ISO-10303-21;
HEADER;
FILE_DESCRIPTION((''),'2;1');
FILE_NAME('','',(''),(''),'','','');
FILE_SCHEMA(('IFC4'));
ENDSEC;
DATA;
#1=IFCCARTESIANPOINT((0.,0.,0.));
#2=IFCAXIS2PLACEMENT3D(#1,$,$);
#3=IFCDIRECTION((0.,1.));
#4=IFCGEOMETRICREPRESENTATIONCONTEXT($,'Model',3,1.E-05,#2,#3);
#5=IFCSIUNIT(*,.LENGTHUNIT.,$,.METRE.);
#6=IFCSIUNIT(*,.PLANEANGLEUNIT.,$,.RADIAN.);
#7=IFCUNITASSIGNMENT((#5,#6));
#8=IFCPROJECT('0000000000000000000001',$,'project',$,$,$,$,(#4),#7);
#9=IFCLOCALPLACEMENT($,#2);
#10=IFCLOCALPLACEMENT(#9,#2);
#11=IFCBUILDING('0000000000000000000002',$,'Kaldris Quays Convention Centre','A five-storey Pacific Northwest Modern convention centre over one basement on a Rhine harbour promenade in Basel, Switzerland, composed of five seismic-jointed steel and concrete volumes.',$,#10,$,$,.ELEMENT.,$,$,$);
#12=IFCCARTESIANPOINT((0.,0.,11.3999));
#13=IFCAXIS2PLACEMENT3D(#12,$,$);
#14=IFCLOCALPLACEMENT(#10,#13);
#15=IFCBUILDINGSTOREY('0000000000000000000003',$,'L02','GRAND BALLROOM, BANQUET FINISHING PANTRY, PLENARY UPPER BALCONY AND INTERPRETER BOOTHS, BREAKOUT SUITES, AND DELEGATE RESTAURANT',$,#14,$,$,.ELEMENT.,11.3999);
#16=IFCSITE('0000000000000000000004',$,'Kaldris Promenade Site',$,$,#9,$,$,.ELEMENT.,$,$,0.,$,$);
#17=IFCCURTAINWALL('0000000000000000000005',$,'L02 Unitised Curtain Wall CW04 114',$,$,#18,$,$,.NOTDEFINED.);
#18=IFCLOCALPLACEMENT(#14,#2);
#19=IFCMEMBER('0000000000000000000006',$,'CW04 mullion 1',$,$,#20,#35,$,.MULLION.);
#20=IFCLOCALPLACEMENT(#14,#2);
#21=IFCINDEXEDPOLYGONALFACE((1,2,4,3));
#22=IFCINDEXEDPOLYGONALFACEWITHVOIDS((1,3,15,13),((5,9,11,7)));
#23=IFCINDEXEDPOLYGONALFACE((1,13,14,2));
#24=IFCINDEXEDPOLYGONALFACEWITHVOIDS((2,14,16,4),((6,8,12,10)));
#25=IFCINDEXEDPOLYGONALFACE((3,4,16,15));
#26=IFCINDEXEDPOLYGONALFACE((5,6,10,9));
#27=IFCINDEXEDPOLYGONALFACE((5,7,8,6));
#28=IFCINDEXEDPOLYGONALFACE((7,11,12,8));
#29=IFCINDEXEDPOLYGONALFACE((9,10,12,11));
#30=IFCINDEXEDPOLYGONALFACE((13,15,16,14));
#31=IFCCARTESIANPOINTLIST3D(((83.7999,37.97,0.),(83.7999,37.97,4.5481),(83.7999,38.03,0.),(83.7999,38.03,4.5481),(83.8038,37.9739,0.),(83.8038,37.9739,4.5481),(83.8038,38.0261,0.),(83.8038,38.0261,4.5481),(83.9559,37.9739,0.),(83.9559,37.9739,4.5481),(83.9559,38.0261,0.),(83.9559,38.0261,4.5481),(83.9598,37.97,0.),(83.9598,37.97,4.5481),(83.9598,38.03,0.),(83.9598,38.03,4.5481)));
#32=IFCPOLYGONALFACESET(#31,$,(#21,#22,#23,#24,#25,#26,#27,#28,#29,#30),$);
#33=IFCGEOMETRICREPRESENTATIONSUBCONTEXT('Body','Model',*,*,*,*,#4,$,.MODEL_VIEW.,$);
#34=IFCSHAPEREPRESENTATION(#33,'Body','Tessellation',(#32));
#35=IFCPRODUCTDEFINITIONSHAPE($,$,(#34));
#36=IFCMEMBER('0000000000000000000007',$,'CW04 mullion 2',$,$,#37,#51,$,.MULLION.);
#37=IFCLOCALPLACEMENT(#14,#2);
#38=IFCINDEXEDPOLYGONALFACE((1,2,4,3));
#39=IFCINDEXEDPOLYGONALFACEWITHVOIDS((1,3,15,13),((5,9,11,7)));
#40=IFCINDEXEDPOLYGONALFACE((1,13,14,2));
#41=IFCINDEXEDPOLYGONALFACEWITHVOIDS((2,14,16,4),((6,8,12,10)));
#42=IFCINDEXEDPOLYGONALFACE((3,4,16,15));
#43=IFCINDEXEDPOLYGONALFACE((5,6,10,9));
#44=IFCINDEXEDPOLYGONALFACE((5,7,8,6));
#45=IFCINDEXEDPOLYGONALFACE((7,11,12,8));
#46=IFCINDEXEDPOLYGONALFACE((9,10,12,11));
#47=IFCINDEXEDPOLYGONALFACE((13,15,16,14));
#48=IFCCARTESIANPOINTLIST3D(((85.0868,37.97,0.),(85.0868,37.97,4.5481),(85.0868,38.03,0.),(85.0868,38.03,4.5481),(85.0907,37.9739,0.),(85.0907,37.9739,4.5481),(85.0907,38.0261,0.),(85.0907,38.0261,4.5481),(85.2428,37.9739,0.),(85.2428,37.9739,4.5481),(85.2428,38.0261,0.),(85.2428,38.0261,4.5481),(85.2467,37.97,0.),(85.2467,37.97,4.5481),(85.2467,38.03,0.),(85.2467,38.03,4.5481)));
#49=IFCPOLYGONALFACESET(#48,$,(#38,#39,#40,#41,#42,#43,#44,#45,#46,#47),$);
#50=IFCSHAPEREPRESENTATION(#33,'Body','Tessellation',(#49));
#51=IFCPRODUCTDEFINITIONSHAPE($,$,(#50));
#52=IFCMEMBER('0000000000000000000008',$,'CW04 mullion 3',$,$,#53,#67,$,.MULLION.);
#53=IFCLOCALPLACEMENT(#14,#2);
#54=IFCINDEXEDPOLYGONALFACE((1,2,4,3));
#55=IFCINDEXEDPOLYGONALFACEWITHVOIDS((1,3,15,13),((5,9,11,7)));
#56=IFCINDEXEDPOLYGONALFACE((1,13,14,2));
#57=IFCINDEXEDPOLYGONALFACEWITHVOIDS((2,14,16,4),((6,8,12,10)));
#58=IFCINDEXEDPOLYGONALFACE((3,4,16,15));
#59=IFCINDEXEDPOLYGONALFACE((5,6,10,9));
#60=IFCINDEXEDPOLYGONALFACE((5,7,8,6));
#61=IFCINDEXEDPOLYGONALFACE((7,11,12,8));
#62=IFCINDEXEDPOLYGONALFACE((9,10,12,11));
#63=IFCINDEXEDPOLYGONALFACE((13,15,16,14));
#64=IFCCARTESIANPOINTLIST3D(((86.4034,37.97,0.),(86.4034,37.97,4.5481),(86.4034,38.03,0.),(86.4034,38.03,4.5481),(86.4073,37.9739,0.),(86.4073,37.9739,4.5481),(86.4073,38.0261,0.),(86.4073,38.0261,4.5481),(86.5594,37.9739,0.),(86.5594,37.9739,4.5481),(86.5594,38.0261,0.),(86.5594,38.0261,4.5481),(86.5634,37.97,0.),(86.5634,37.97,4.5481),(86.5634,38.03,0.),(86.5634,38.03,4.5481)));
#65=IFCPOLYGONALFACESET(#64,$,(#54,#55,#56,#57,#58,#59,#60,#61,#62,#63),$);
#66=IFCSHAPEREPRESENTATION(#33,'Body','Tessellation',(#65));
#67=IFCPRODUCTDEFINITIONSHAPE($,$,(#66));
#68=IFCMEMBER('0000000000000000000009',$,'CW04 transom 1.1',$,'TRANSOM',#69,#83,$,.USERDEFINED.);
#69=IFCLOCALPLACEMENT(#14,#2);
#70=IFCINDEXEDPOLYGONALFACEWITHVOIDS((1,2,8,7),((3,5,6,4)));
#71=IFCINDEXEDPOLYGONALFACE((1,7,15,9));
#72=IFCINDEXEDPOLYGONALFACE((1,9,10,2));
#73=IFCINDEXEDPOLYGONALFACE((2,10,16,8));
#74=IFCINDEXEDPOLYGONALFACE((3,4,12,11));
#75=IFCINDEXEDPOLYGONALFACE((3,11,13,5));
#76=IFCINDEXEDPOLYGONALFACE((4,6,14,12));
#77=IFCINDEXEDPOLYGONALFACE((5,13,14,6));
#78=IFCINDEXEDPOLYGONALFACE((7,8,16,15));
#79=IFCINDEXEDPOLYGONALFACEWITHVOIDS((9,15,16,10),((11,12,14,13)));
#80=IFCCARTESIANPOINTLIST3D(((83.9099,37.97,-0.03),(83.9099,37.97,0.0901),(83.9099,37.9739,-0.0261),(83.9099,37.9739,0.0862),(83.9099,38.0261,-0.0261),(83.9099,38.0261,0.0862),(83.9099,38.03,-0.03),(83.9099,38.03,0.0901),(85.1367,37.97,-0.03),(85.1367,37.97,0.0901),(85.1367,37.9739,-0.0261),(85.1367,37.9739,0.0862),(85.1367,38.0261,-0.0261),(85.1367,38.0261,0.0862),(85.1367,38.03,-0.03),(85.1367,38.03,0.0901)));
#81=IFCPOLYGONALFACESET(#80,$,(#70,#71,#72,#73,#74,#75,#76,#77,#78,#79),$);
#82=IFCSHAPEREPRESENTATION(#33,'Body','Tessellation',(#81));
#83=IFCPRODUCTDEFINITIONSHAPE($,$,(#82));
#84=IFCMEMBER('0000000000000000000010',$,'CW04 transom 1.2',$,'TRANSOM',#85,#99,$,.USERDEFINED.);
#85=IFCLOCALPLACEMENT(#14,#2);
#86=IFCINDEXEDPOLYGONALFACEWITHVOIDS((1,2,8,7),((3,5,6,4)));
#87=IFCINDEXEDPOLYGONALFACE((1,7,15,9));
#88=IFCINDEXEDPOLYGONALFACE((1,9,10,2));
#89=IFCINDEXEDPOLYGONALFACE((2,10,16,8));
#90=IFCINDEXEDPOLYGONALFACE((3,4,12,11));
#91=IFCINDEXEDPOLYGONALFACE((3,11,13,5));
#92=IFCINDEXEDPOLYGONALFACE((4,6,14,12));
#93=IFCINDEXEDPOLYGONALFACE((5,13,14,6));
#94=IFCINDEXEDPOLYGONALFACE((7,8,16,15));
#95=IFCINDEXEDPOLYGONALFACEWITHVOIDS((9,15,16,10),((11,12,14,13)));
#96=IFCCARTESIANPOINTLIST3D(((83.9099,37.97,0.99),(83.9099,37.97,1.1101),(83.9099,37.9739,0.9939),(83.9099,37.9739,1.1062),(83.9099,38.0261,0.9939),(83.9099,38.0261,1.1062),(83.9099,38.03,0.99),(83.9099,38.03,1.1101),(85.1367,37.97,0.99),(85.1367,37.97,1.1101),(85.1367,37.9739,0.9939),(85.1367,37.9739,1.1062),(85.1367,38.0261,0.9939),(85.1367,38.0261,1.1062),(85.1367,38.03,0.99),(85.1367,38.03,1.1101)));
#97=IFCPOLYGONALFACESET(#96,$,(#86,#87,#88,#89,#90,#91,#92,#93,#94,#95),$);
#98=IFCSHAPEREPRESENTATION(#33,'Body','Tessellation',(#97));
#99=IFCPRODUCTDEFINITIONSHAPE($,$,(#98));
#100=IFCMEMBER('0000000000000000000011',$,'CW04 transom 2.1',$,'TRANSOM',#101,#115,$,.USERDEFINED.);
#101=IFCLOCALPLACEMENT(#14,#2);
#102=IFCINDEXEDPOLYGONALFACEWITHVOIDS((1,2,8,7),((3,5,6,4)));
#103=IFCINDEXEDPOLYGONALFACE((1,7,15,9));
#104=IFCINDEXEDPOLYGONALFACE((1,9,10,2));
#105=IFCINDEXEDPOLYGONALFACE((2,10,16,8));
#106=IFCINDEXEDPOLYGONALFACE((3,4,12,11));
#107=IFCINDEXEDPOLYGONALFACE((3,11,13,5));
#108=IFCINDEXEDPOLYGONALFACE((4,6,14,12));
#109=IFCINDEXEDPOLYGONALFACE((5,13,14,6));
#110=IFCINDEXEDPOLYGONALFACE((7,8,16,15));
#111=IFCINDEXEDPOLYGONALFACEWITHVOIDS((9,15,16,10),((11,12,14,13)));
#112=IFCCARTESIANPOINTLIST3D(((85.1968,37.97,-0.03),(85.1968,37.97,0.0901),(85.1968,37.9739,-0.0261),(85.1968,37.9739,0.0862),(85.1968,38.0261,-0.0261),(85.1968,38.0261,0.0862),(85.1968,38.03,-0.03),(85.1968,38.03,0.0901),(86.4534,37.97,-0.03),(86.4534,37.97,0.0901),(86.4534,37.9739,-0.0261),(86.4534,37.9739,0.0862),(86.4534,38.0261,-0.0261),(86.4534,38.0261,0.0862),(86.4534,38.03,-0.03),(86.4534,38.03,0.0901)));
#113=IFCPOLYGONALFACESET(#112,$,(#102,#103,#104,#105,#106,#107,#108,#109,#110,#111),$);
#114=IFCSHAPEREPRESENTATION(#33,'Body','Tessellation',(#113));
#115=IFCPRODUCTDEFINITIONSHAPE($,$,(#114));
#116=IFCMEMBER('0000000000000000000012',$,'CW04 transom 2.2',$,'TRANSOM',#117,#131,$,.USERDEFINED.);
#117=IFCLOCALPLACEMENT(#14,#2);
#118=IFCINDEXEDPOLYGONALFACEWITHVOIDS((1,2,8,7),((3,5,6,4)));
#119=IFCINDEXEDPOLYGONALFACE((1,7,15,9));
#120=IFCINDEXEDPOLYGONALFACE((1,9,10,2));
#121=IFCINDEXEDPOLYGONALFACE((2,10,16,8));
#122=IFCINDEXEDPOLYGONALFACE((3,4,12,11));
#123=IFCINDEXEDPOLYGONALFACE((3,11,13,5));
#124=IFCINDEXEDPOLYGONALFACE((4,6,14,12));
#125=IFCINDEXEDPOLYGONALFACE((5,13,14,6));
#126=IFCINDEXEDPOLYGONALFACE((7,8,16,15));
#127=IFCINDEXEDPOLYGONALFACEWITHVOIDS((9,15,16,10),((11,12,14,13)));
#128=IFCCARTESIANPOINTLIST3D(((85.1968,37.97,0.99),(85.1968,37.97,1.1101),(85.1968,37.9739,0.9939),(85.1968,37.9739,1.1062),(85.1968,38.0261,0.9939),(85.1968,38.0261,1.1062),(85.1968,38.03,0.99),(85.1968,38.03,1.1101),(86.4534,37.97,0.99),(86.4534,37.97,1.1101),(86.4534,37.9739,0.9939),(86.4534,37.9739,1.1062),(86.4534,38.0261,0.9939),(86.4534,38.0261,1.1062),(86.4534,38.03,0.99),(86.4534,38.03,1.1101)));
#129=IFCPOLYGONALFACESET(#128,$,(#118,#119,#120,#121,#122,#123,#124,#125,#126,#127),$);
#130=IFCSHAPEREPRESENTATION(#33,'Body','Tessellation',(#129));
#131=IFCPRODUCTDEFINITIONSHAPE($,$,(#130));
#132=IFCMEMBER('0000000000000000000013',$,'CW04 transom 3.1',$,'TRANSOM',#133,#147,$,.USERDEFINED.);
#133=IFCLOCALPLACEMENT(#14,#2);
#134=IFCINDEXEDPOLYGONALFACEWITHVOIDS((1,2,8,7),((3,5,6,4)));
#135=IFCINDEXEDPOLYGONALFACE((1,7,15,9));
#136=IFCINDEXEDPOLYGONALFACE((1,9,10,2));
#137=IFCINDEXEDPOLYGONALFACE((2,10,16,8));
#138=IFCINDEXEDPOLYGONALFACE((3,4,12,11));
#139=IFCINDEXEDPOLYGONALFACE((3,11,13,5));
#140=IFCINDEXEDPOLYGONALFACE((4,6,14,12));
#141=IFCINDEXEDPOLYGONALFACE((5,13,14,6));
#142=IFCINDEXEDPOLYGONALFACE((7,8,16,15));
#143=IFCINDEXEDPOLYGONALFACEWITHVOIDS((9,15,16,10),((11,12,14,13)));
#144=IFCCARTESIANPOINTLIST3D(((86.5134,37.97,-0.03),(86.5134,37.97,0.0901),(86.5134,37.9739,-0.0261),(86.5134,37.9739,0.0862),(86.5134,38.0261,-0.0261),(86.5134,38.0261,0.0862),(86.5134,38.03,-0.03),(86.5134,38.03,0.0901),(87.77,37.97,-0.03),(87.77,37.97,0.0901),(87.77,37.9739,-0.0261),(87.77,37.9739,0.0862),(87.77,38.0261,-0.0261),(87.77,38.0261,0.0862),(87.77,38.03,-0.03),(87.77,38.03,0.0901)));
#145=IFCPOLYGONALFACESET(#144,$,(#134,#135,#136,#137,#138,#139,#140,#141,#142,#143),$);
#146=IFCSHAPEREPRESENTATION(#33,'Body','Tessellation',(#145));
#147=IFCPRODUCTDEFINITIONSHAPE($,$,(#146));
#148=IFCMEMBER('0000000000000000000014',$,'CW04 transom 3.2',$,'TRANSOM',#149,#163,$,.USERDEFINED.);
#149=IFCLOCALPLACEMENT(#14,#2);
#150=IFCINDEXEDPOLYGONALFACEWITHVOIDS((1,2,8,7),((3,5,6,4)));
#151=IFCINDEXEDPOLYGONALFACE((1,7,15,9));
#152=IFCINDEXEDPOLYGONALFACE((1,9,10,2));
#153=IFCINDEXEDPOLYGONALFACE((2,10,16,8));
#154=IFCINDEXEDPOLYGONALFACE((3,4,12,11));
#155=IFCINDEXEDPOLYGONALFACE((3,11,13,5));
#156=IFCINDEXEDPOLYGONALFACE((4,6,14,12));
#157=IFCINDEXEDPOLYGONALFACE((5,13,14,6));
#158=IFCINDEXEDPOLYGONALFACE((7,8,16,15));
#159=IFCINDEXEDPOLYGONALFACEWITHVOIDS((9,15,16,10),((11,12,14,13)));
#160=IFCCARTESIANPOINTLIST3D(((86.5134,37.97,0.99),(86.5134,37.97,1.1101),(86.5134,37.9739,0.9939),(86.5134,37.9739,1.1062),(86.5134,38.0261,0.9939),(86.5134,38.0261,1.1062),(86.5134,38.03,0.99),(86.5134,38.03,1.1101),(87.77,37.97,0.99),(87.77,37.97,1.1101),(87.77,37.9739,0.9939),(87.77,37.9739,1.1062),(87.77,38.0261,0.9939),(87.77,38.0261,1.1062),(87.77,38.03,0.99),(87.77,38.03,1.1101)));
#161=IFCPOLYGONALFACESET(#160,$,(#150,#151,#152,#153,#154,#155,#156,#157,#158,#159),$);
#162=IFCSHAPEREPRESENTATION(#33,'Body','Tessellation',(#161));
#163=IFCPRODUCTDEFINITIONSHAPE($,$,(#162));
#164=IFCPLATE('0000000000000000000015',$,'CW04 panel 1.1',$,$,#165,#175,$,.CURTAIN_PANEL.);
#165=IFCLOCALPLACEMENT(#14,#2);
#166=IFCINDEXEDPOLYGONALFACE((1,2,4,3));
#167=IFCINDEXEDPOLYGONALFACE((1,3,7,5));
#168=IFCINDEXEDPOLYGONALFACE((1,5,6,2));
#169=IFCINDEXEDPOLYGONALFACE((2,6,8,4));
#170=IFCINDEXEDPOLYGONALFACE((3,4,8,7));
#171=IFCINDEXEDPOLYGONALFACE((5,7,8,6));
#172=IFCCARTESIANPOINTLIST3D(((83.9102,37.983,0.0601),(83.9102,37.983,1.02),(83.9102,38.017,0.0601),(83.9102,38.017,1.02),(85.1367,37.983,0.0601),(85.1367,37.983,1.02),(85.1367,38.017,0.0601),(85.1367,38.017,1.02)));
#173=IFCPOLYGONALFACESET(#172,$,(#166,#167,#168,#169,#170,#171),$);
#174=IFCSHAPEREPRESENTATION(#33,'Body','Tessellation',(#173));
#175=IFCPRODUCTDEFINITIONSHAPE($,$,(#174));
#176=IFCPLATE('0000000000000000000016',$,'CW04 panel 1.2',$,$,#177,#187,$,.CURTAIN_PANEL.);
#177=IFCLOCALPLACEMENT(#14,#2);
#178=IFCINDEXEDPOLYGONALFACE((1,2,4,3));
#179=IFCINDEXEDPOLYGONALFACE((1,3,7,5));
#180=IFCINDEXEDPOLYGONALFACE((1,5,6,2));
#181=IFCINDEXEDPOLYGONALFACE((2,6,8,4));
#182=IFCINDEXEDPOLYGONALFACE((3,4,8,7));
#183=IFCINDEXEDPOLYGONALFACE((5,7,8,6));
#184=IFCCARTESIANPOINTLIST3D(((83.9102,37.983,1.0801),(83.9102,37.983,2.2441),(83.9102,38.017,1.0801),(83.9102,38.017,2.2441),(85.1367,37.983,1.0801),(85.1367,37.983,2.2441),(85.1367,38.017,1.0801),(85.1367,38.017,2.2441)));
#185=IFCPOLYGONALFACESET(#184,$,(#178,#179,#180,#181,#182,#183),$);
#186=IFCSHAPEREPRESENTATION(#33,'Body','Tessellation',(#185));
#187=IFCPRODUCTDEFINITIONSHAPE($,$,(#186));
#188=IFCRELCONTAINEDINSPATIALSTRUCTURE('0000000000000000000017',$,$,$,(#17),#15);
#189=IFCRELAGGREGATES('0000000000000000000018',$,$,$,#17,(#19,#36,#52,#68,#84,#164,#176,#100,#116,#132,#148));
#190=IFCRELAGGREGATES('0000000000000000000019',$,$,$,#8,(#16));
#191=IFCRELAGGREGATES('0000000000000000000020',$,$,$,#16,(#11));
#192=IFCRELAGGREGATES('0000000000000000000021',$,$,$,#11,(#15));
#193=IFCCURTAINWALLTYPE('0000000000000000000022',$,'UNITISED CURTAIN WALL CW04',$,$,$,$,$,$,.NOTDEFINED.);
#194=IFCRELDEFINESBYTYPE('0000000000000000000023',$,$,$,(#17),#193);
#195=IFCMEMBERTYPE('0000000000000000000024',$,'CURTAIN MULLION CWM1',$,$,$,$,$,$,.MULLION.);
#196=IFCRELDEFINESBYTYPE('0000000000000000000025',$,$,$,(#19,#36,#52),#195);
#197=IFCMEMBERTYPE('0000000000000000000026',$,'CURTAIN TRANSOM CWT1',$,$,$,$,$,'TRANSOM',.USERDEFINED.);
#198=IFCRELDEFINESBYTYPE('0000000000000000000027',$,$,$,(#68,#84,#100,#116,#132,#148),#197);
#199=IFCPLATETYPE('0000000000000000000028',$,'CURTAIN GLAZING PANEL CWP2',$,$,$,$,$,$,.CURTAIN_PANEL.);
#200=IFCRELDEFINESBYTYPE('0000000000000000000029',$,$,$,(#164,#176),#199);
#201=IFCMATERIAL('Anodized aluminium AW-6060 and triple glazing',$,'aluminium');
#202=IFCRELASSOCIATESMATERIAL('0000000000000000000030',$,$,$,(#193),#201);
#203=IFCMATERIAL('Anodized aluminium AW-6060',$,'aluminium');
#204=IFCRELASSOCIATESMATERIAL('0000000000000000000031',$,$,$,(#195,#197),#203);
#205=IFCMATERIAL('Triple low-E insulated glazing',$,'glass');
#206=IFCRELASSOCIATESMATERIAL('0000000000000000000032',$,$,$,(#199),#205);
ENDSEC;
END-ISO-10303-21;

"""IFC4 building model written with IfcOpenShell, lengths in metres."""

from ifc_helpers import new_model, si_unit, direction, frame, origin, origin_2d, place, context, subcontext, project, spatial, rectangle, hollow_rectangle, extrude, material, material_profile, profile_set, type_object, element, aggregate, save


model = new_model("IFC4")

# Units and contexts
model_context = context("Model", 3, precision=1e-05, world=origin(), true_north=direction((0.0, 1.0)))
body_context = subcontext(model_context, "Body", "Model", "MODEL_VIEW")
ifc_project = project(units=[si_unit("LENGTHUNIT", "METRE"), si_unit("PLANEANGLEUNIT", "RADIAN")], contexts=[model_context])

# Site, building, storey
site_placement = place(None, origin())
site = spatial("IfcSite", under=ifc_project, at=site_placement, Name="Kaldris Promenade Site", CompositionType="ELEMENT", RefElevation=0.0)
building_placement = place(site_placement, origin())
building = spatial("IfcBuilding", under=site, at=building_placement, Name="Kaldris Quays Convention Centre", Description="A five-storey Pacific Northwest Modern convention centre over one basement on a Rhine harbour promenade in Basel, Switzerland, composed of five seismic-jointed steel and concrete volumes.", CompositionType="ELEMENT")
storey_placement = place(building_placement, frame((0.0, 0.0, 11.3999)))
storey = spatial("IfcBuildingStorey", under=building, at=storey_placement, Name="L02", Description="GRAND BALLROOM, BANQUET FINISHING PANTRY, PLENARY UPPER BALCONY AND INTERPRETER BOOTHS, BREAKOUT SUITES, AND DELEGATE RESTAURANT", CompositionType="ELEMENT", Elevation=11.3999)

# Curtain wall, members, plates
ifc_material_1 = material(Name="Anodized aluminium AW-6060 and triple glazing", Category="aluminium")
curtain_wall_type = type_object("IfcCurtainWallType", Name="UNITISED CURTAIN WALL CW04", PredefinedType="NOTDEFINED", material=ifc_material_1)
curtain_wall_placement = place(storey_placement, origin())
curtain_wall = element("IfcCurtainWall", 1, at=curtain_wall_placement, inside=storey, type_object=curtain_wall_type, Name="L02 Unitised Curtain Wall CW04 114", PredefinedType="NOTDEFINED")
ifc_material_2 = material(Name="Anodized aluminium AW-6060", Category="aluminium")
ifc_material_profile_1 = material_profile(ifc_material_2, hollow_rectangle(XDim=0.0601, YDim=0.1599, WallThickness=0.0039, at=origin_2d()), Name="RHS 160x60x4")
ifc_profile_set_1 = profile_set([ifc_material_profile_1], Name="Anodized aluminium AW-6060")
member_type_1 = type_object("IfcMemberType", Name="CURTAIN MULLION CWM1", PredefinedType="MULLION", material=ifc_profile_set_1)
member_1_placement = place(storey_placement, frame((83.8799, 38.0, 0.0), z_axis=(0.0, 0.0, 1.0), x_axis=(0.0, 1.0, 0.0)))
member_1 = element("IfcMember", 2, at=member_1_placement, type_object=member_type_1, Name="CW04 mullion 1", PredefinedType="MULLION", context=body_context, shape_type="SweptSolid", body=[
    extrude(hollow_rectangle(XDim=0.0601, YDim=0.1599, WallThickness=0.0039, at=origin_2d()), origin(), (0.0, 0.0, 1.0), 4.5481),
])
member_2_placement = place(storey_placement, frame((85.1667, 38.0, 0.0), z_axis=(0.0, 0.0, 1.0), x_axis=(0.0, 1.0, 0.0)))
member_2 = element("IfcMember", 3, at=member_2_placement, type_object=member_type_1, Name="CW04 mullion 2", PredefinedType="MULLION", context=body_context, shape_type="SweptSolid", body=[
    extrude(hollow_rectangle(XDim=0.0601, YDim=0.1599, WallThickness=0.0039, at=origin_2d()), origin(), (0.0, 0.0, 1.0), 4.5481),
])
member_3_placement = place(storey_placement, frame((86.4834, 38.0, 0.0), z_axis=(0.0, 0.0, 1.0), x_axis=(0.0, 1.0, 0.0)))
member_3 = element("IfcMember", 4, at=member_3_placement, type_object=member_type_1, Name="CW04 mullion 3", PredefinedType="MULLION", context=body_context, shape_type="SweptSolid", body=[
    extrude(hollow_rectangle(XDim=0.0601, YDim=0.1599, WallThickness=0.0039, at=origin_2d()), origin(), (0.0, 0.0, 1.0), 4.5481),
])
ifc_material_profile_2 = material_profile(ifc_material_2, hollow_rectangle(XDim=0.0601, YDim=0.1201, WallThickness=0.0039, at=origin_2d()), Name="RHS 120x60x4")
ifc_profile_set_2 = profile_set([ifc_material_profile_2], Name="Anodized aluminium AW-6060")
member_type_2 = type_object("IfcMemberType", Name="CURTAIN TRANSOM CWT1", ElementType="TRANSOM", PredefinedType="USERDEFINED", material=ifc_profile_set_2)
member_4_placement = place(storey_placement, frame((83.9099, 38.0, 0.03), z_axis=(1.0, 0.0, 0.0), x_axis=(0.0, 1.0, 0.0)))
member_4 = element("IfcMember", 5, at=member_4_placement, type_object=member_type_2, Name="CW04 transom 1.1", ObjectType="TRANSOM", PredefinedType="USERDEFINED", context=body_context, shape_type="SweptSolid", body=[
    extrude(hollow_rectangle(XDim=0.0601, YDim=0.1201, WallThickness=0.0039, at=origin_2d()), origin(), (0.0, 0.0, 1.0), 1.2268),
])
member_5_placement = place(storey_placement, frame((83.9099, 38.0, 1.05), z_axis=(1.0, 0.0, 0.0), x_axis=(0.0, 1.0, 0.0)))
member_5 = element("IfcMember", 6, at=member_5_placement, type_object=member_type_2, Name="CW04 transom 1.2", ObjectType="TRANSOM", PredefinedType="USERDEFINED", context=body_context, shape_type="SweptSolid", body=[
    extrude(hollow_rectangle(XDim=0.0601, YDim=0.1201, WallThickness=0.0039, at=origin_2d()), origin(), (0.0, 0.0, 1.0), 1.2268),
])
member_6_placement = place(storey_placement, frame((85.1968, 38.0, 0.03), z_axis=(1.0, 0.0, 0.0), x_axis=(0.0, 1.0, 0.0)))
member_6 = element("IfcMember", 7, at=member_6_placement, type_object=member_type_2, Name="CW04 transom 2.1", ObjectType="TRANSOM", PredefinedType="USERDEFINED", context=body_context, shape_type="SweptSolid", body=[
    extrude(hollow_rectangle(XDim=0.0601, YDim=0.1201, WallThickness=0.0039, at=origin_2d()), origin(), (0.0, 0.0, 1.0), 1.2566),
])
member_7_placement = place(storey_placement, frame((85.1968, 38.0, 1.05), z_axis=(1.0, 0.0, 0.0), x_axis=(0.0, 1.0, 0.0)))
member_7 = element("IfcMember", 8, at=member_7_placement, type_object=member_type_2, Name="CW04 transom 2.2", ObjectType="TRANSOM", PredefinedType="USERDEFINED", context=body_context, shape_type="SweptSolid", body=[
    extrude(hollow_rectangle(XDim=0.0601, YDim=0.1201, WallThickness=0.0039, at=origin_2d()), origin(), (0.0, 0.0, 1.0), 1.2566),
])
member_8_placement = place(storey_placement, frame((86.5134, 38.0, 0.03), z_axis=(1.0, 0.0, 0.0), x_axis=(0.0, 1.0, 0.0)))
member_8 = element("IfcMember", 9, at=member_8_placement, type_object=member_type_2, Name="CW04 transom 3.1", ObjectType="TRANSOM", PredefinedType="USERDEFINED", context=body_context, shape_type="SweptSolid", body=[
    extrude(hollow_rectangle(XDim=0.0601, YDim=0.1201, WallThickness=0.0039, at=origin_2d()), origin(), (0.0, 0.0, 1.0), 1.2566),
])
member_9_placement = place(storey_placement, frame((86.5134, 38.0, 1.05), z_axis=(1.0, 0.0, 0.0), x_axis=(0.0, 1.0, 0.0)))
member_9 = element("IfcMember", 10, at=member_9_placement, type_object=member_type_2, Name="CW04 transom 3.2", ObjectType="TRANSOM", PredefinedType="USERDEFINED", context=body_context, shape_type="SweptSolid", body=[
    extrude(hollow_rectangle(XDim=0.0601, YDim=0.1201, WallThickness=0.0039, at=origin_2d()), origin(), (0.0, 0.0, 1.0), 1.2566),
])
ifc_material_3 = material(Name="Triple low-E insulated glazing", Category="glass")
plate_type = type_object("IfcPlateType", Name="CURTAIN GLAZING PANEL CWP2", PredefinedType="CURTAIN_PANEL", material=ifc_material_3)
plate_1_placement = place(storey_placement, frame((84.5234, 38.0, 0.0601), z_axis=(0.0, 0.0, 1.0), x_axis=(1.0, 0.0, 0.0)))
plate_1 = element("IfcPlate", 11, at=plate_1_placement, type_object=plate_type, Name="CW04 panel 1.1", PredefinedType="CURTAIN_PANEL", context=body_context, shape_type="SweptSolid", body=[
    extrude(rectangle(XDim=1.2266, YDim=0.0339, at=origin_2d()), origin(), (0.0, 0.0, 1.0), 0.96),
])
plate_2_placement = place(storey_placement, frame((84.5234, 38.0, 1.0801), z_axis=(0.0, 0.0, 1.0), x_axis=(1.0, 0.0, 0.0)))
plate_2 = element("IfcPlate", 12, at=plate_2_placement, type_object=plate_type, Name="CW04 panel 1.2", PredefinedType="CURTAIN_PANEL", context=body_context, shape_type="SweptSolid", body=[
    extrude(rectangle(XDim=1.2266, YDim=0.0339, at=origin_2d()), origin(), (0.0, 0.0, 1.0), 1.1641),
])
aggregate(curtain_wall, [member_1, member_2, member_3, member_4, member_5, plate_1, plate_2, member_6, member_7, member_8, member_9])

save(model, "model.ifc")
